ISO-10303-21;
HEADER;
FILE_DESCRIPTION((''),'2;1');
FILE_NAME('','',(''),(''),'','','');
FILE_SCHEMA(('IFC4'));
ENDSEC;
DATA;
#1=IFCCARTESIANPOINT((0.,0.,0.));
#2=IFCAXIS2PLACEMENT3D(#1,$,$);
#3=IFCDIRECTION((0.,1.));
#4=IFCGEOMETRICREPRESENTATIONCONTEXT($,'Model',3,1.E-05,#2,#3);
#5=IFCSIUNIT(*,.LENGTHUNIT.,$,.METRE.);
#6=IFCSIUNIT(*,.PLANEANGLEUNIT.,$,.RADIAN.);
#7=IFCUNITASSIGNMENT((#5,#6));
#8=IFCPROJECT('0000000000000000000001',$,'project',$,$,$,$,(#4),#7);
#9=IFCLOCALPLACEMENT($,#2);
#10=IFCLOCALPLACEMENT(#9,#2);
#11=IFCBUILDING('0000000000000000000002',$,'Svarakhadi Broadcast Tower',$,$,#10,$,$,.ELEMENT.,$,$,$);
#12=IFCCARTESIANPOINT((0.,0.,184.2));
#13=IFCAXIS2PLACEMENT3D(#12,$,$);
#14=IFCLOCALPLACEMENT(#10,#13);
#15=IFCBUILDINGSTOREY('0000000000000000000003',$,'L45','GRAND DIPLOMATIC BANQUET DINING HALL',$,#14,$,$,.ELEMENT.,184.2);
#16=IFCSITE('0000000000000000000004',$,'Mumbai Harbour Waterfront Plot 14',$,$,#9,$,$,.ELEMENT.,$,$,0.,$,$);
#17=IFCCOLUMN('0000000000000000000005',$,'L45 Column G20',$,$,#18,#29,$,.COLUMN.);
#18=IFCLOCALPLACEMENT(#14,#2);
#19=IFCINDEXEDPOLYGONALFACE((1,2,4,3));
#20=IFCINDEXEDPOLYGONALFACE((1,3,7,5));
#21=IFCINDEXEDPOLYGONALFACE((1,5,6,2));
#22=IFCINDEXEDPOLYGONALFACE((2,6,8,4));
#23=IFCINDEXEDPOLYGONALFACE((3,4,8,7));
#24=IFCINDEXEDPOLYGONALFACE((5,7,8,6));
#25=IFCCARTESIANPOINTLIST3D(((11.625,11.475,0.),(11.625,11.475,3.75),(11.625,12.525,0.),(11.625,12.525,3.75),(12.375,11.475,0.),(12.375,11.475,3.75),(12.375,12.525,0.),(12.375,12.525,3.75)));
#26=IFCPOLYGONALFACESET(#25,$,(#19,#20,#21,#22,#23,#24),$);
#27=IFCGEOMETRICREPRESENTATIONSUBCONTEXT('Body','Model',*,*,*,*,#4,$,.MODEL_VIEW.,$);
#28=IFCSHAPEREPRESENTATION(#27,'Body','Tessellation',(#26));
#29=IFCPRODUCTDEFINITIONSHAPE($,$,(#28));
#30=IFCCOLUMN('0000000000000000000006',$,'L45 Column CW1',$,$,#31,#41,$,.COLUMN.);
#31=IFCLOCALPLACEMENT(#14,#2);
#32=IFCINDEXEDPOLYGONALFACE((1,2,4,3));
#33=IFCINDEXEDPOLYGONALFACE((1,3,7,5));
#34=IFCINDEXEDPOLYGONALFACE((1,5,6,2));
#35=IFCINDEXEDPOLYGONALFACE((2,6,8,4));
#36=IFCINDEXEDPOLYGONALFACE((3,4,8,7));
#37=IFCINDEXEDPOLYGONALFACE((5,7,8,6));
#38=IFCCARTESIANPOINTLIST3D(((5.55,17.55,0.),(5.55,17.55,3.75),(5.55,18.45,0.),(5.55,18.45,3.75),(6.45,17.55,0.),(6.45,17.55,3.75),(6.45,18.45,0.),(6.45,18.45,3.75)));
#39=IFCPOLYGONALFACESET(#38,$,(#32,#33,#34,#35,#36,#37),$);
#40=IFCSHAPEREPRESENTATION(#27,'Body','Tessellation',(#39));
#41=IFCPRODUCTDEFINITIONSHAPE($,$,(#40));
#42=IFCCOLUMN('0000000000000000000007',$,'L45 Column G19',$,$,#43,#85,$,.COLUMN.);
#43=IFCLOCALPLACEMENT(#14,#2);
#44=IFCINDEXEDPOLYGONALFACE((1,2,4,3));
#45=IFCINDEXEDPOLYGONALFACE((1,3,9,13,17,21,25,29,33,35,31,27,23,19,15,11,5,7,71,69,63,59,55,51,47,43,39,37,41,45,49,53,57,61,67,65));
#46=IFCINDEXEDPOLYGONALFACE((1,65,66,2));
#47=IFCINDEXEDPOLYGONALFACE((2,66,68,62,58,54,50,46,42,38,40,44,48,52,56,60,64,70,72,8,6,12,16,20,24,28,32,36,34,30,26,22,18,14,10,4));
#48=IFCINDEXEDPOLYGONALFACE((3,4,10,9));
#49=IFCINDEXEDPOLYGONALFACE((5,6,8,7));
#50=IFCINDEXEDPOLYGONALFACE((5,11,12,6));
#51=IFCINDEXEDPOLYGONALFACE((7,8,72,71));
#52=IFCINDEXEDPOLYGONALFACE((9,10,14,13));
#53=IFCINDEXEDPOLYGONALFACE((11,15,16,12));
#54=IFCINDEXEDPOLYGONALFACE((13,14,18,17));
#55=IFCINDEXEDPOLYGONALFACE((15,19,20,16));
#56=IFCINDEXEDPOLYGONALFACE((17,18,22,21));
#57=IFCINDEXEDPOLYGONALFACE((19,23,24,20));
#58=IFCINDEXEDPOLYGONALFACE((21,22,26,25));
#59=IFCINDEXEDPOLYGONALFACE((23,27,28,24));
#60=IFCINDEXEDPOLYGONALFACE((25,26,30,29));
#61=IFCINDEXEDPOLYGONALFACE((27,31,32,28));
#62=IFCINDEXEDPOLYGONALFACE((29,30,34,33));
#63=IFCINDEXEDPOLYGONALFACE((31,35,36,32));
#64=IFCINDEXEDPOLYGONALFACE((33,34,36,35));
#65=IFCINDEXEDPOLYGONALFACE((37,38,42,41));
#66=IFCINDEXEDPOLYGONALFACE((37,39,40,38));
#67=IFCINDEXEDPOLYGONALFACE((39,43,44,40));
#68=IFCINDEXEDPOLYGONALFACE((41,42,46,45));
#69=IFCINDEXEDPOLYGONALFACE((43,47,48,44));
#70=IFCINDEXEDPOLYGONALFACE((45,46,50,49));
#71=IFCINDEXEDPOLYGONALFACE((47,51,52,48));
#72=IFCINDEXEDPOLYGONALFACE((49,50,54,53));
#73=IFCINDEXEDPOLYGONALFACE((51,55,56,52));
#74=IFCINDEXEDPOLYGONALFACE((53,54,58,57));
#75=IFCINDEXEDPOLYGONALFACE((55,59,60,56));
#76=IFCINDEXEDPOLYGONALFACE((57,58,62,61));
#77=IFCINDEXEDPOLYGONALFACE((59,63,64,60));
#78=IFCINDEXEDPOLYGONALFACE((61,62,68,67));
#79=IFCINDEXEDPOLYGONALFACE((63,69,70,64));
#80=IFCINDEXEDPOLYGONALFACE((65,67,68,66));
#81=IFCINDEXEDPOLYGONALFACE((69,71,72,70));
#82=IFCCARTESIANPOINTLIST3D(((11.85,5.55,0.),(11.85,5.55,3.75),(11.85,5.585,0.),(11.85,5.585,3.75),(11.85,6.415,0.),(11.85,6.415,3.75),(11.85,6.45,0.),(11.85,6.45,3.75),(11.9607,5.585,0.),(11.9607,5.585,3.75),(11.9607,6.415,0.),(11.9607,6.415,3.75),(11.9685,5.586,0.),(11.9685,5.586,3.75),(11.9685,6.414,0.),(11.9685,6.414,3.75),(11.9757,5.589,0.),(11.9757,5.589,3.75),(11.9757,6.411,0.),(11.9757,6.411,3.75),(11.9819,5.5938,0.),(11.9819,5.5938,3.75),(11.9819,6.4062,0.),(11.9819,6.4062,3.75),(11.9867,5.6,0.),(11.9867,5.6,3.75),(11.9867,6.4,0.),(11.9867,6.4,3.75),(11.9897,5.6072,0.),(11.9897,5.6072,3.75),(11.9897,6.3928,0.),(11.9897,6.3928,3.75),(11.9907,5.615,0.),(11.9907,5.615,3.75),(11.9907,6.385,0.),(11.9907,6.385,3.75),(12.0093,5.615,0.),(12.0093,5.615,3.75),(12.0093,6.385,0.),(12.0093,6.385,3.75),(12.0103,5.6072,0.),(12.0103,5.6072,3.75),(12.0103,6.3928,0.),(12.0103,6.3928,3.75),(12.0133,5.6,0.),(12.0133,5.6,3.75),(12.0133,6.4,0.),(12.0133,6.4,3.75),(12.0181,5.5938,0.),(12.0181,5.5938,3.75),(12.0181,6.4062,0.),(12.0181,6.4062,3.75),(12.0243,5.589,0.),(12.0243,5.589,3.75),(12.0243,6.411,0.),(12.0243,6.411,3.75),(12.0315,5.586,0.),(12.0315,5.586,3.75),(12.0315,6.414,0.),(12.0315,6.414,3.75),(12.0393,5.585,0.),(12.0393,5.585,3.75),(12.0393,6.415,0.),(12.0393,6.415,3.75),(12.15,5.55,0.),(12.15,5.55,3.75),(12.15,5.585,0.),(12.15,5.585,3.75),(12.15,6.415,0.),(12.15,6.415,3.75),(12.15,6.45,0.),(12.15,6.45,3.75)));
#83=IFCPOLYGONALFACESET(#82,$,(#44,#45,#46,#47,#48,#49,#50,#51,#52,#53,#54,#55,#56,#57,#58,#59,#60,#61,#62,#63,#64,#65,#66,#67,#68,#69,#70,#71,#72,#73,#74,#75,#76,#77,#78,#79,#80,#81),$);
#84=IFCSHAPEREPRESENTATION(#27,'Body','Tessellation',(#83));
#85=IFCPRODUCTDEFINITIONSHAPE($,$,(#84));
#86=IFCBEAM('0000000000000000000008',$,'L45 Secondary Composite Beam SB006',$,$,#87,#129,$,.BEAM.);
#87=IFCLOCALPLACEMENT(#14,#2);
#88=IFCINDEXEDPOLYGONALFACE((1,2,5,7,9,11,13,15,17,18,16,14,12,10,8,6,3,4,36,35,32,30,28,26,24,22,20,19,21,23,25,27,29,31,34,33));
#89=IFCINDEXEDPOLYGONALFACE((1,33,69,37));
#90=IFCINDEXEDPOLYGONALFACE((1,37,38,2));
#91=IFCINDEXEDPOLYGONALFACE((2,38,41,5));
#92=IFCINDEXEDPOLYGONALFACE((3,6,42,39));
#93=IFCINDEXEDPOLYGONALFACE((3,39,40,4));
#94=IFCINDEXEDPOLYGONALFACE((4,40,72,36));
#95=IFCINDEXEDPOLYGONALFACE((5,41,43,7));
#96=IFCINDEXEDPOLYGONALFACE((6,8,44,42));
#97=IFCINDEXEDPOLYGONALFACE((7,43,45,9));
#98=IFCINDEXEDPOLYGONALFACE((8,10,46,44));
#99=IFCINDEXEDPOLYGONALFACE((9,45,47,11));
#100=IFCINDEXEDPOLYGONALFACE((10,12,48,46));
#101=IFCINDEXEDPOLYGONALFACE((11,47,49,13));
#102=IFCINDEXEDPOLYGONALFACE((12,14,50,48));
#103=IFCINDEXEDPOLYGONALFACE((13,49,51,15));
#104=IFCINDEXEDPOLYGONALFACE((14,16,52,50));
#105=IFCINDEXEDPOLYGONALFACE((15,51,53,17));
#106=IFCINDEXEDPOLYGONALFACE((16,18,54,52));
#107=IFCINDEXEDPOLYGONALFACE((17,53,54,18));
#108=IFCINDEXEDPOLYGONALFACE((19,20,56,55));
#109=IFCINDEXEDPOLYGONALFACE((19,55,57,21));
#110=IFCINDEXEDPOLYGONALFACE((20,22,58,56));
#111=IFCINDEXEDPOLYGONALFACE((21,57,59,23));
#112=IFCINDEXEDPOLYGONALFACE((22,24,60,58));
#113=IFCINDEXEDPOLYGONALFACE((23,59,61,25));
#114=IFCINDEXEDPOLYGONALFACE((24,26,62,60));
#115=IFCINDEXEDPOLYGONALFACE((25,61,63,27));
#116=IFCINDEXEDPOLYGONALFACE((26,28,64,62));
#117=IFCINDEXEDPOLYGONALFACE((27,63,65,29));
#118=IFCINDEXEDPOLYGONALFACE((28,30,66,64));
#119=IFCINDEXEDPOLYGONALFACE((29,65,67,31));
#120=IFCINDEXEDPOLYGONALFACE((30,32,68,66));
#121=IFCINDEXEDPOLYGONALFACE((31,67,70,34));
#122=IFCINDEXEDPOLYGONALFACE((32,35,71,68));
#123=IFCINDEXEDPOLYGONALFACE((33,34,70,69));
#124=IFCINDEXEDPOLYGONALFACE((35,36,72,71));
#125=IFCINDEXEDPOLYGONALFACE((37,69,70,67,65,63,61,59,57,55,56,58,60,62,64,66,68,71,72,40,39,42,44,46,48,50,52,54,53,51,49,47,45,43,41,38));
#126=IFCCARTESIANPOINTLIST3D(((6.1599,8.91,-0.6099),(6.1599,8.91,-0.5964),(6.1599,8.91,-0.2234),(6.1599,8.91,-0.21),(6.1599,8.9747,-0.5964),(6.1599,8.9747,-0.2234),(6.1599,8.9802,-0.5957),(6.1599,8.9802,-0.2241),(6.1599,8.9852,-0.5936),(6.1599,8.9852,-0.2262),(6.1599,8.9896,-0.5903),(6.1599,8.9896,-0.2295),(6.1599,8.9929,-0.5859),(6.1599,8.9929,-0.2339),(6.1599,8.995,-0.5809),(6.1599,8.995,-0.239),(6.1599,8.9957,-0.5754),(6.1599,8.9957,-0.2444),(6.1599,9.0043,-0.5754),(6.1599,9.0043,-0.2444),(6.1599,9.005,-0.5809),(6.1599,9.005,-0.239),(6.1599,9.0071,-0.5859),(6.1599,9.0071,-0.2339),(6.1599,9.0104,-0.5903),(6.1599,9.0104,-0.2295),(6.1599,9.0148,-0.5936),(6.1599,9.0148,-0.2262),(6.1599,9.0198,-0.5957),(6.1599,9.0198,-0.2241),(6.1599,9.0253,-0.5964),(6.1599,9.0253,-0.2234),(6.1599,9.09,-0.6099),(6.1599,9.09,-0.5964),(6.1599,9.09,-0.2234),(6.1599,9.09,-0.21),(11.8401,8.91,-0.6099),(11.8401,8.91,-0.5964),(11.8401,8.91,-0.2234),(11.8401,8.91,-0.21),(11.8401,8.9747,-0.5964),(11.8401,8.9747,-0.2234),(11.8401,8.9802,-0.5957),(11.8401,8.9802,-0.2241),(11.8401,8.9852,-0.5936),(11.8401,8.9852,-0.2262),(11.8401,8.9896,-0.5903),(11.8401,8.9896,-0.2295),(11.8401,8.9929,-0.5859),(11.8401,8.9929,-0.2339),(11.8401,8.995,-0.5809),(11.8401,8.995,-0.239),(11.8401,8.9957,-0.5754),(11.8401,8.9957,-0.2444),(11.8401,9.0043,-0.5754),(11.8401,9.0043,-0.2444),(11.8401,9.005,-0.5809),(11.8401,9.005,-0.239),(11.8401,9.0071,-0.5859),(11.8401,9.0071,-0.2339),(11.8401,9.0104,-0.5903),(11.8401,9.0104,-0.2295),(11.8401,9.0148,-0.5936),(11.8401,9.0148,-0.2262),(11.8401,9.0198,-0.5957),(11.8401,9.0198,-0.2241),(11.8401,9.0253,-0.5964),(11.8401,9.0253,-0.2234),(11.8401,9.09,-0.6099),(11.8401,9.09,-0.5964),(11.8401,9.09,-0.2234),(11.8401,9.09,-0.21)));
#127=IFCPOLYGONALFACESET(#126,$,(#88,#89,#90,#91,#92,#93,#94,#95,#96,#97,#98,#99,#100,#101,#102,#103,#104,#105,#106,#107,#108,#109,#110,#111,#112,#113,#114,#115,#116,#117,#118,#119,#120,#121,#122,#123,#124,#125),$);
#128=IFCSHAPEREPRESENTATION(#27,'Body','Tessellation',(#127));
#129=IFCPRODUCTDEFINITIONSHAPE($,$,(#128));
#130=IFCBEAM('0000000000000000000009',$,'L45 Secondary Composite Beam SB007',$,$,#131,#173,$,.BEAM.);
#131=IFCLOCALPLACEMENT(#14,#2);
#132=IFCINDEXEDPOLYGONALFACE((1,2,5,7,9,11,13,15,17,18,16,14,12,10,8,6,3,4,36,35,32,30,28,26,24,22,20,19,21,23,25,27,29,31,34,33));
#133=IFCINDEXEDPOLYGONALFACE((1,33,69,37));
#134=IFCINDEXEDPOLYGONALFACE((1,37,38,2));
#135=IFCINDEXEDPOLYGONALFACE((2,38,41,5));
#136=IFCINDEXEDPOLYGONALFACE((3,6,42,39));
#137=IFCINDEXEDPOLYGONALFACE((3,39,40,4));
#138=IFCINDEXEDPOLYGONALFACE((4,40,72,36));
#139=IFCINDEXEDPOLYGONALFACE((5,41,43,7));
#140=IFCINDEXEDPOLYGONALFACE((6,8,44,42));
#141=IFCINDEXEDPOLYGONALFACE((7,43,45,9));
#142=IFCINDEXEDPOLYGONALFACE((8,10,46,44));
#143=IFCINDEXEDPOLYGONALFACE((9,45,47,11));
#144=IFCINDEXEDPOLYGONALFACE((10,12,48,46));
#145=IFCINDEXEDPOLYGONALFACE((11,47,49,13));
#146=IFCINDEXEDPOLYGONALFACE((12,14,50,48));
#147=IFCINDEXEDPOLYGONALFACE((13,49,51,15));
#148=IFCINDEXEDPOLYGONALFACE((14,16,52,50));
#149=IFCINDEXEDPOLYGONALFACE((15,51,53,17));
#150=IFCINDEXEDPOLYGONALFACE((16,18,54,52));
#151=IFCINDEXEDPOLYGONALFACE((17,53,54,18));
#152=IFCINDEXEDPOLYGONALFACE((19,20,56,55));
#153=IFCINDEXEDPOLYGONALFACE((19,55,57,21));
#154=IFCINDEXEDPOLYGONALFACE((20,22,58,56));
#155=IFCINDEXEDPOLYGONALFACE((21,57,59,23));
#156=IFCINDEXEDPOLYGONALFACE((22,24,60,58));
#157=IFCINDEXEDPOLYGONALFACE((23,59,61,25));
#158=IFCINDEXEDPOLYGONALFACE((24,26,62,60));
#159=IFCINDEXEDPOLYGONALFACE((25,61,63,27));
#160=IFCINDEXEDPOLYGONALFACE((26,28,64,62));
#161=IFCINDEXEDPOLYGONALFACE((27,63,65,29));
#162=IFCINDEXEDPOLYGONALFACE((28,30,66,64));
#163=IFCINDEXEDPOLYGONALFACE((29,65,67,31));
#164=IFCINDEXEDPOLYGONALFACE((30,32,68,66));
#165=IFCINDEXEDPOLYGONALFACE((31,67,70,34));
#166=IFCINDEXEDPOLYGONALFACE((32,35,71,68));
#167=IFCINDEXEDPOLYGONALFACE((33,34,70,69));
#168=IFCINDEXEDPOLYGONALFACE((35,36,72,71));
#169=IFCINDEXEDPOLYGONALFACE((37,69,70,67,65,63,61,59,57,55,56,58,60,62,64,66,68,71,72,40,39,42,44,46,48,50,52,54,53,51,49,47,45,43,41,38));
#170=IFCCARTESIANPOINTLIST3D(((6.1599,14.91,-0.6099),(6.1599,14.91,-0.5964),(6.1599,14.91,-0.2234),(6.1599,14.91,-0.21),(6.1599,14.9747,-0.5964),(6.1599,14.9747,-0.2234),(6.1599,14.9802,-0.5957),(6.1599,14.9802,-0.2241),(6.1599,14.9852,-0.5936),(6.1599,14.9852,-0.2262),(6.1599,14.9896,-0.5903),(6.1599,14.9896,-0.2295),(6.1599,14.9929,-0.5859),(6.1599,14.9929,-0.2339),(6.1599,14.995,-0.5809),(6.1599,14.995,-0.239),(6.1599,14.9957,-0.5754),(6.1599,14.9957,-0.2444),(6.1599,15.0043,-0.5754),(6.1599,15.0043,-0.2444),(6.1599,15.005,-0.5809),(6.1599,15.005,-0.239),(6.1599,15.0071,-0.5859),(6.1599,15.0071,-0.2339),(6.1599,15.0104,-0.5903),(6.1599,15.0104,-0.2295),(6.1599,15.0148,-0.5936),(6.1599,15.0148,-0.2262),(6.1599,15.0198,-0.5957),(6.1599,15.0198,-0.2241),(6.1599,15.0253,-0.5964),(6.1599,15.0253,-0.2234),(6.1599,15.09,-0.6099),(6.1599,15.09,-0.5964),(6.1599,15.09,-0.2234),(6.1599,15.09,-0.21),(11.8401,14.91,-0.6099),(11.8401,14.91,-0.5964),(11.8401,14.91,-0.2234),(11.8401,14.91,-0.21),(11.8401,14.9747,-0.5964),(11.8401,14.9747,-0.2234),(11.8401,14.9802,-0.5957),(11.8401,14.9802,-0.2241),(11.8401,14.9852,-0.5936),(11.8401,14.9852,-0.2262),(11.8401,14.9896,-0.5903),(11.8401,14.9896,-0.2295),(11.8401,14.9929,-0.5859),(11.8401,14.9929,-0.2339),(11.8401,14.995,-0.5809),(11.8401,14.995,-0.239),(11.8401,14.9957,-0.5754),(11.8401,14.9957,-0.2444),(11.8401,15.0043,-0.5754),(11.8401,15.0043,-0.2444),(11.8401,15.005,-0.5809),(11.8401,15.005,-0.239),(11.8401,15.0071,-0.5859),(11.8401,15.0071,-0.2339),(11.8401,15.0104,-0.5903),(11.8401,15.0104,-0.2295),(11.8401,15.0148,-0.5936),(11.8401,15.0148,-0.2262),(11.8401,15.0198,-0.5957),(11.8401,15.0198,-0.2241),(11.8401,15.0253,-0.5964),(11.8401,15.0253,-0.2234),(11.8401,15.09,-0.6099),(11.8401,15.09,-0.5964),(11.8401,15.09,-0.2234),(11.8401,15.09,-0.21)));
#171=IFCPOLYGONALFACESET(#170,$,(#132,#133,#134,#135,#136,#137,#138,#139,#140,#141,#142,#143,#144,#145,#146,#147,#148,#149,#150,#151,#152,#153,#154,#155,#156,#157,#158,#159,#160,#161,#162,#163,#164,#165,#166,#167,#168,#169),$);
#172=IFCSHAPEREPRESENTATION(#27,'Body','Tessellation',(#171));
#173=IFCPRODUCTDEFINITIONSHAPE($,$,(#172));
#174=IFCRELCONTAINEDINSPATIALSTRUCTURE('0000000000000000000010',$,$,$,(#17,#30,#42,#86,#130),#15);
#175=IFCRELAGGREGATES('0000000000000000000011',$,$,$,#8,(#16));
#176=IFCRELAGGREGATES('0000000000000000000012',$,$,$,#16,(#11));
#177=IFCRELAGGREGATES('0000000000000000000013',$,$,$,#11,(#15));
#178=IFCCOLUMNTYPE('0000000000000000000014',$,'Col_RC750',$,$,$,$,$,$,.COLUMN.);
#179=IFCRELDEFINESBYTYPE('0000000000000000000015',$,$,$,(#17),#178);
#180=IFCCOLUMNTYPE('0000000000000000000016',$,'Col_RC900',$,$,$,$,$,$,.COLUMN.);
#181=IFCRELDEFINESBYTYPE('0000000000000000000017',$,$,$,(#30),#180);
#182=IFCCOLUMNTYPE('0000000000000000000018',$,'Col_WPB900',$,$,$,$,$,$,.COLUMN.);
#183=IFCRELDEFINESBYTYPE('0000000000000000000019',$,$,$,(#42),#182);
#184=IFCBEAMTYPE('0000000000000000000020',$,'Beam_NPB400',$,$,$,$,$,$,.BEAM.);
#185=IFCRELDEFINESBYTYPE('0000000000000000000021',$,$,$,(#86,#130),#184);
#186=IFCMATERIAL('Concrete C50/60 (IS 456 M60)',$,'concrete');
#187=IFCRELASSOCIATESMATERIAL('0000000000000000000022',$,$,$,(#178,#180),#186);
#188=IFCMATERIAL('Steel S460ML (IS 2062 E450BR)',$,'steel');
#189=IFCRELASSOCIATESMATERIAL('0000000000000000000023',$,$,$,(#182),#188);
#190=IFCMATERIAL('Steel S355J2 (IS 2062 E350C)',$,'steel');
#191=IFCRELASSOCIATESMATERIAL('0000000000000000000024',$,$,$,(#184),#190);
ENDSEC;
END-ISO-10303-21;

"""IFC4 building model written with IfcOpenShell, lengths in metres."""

from ifc_helpers import new_model, si_unit, direction, frame, origin, origin_2d, place, context, subcontext, project, spatial, rectangle, i_section, extrude, material, material_profile, profile_set, type_object, element, save


model = new_model("IFC4")

# Units and contexts
model_context = context("Model", 3, precision=1e-05, world=origin(), true_north=direction((0.0, 1.0)))
body_context = subcontext(model_context, "Body", "Model", "MODEL_VIEW")
ifc_project = project(units=[si_unit("LENGTHUNIT", "METRE"), si_unit("PLANEANGLEUNIT", "RADIAN")], contexts=[model_context])

# Site, building, storey
site_placement = place(None, origin())
site = spatial("IfcSite", under=ifc_project, at=site_placement, Name="Mumbai Harbour Waterfront Plot 14", CompositionType="ELEMENT", RefElevation=0.0)
building_placement = place(site_placement, origin())
building = spatial("IfcBuilding", under=site, at=building_placement, Name="Svarakhadi Broadcast Tower", CompositionType="ELEMENT")
storey_placement = place(building_placement, frame((0.0, 0.0, 184.2)))
storey = spatial("IfcBuildingStorey", under=building, at=storey_placement, Name="L45", Description="GRAND DIPLOMATIC BANQUET DINING HALL", CompositionType="ELEMENT", Elevation=184.2)

# Columns
ifc_material_1 = material(Name="Concrete C50/60 (IS 456 M60)", Category="concrete")
ifc_material_profile_1 = material_profile(ifc_material_1, rectangle(XDim=0.75, YDim=1.05, at=origin_2d()), Name="RC 750x1050")
ifc_profile_set_1 = profile_set([ifc_material_profile_1], Name="Concrete C50/60 (IS 456 M60)")
column_type_1 = type_object("IfcColumnType", Name="Col_RC750", PredefinedType="COLUMN", material=ifc_profile_set_1)
column_1_placement = place(storey_placement, frame((12.0, 12.0, 0.0), z_axis=(0.0, 0.0, 1.0), x_axis=(1.0, 0.0, 0.0)))
element("IfcColumn", 1, at=column_1_placement, inside=storey, type_object=column_type_1, Name="L45 Column G20", PredefinedType="COLUMN", context=body_context, shape_type="SweptSolid", body=[
    extrude(rectangle(XDim=0.75, YDim=1.05, at=origin_2d()), origin(), (0.0, 0.0, 1.0), 3.75),
])
ifc_material_profile_2 = material_profile(ifc_material_1, rectangle(XDim=0.8999, YDim=0.8999, at=origin_2d()), Name="RC 900x900")
ifc_profile_set_2 = profile_set([ifc_material_profile_2], Name="Concrete C50/60 (IS 456 M60)")
column_type_2 = type_object("IfcColumnType", Name="Col_RC900", PredefinedType="COLUMN", material=ifc_profile_set_2)
column_2_placement = place(storey_placement, frame((6.0, 18.0, 0.0), z_axis=(0.0, 0.0, 1.0), x_axis=(1.0, 0.0, 0.0)))
element("IfcColumn", 2, at=column_2_placement, inside=storey, type_object=column_type_2, Name="L45 Column CW1", PredefinedType="COLUMN", context=body_context, shape_type="SweptSolid", body=[
    extrude(rectangle(XDim=0.8999, YDim=0.8999, at=origin_2d()), origin(), (0.0, 0.0, 1.0), 3.75),
])
ifc_material_2 = material(Name="Steel S460ML (IS 2062 E450BR)", Category="steel")
ifc_material_profile_3 = material_profile(ifc_material_2, i_section(OverallWidth=0.3, OverallDepth=0.8999, WebThickness=0.0186, FlangeThickness=0.0349, FilletRadius=0.03, at=origin_2d()), Name="WPB 900x300x291")
ifc_profile_set_3 = profile_set([ifc_material_profile_3], Name="Steel S460ML (IS 2062 E450BR)")
column_type_3 = type_object("IfcColumnType", Name="Col_WPB900", PredefinedType="COLUMN", material=ifc_profile_set_3)
column_3_placement = place(storey_placement, frame((12.0, 6.0, 0.0), z_axis=(0.0, 0.0, 1.0), x_axis=(1.0, 0.0, 0.0)))
element("IfcColumn", 3, at=column_3_placement, inside=storey, type_object=column_type_3, Name="L45 Column G19", PredefinedType="COLUMN", context=body_context, shape_type="SweptSolid", body=[
    extrude(i_section(OverallWidth=0.3, OverallDepth=0.8999, WebThickness=0.0186, FlangeThickness=0.0349, FilletRadius=0.03, at=origin_2d()), origin(), (0.0, 0.0, 1.0), 3.75),
])

# Beams
ifc_material_3 = material(Name="Steel S355J2 (IS 2062 E350C)", Category="steel")
ifc_material_profile_4 = material_profile(ifc_material_3, i_section(OverallWidth=0.1799, OverallDepth=0.3999, WebThickness=0.0085, FlangeThickness=0.0134, FilletRadius=0.021, at=origin_2d()), Name="NPB 400x180x66")
ifc_profile_set_4 = profile_set([ifc_material_profile_4], Name="Steel S355J2 (IS 2062 E350C)")
beam_type_1 = type_object("IfcBeamType", Name="Beam_NPB400", PredefinedType="BEAM", material=ifc_profile_set_4)
for number, where, z_axis, x_axis, name in (
    (4, (6.1599, 9.0, -0.4099), (1.0, 0.0, 0.0), (0.0, 1.0, 0.0), "L45 Secondary Composite Beam SB006"),
    (5, (6.1599, 15.0, -0.4099), (1.0, 0.0, 0.0), (0.0, 1.0, 0.0), "L45 Secondary Composite Beam SB007"),
):
    element("IfcBeam", number, at=place(storey_placement, frame(where, z_axis=z_axis, x_axis=x_axis)), inside=storey, type_object=beam_type_1, Name=name, PredefinedType="BEAM", context=body_context, shape_type="SweptSolid", body=[
        extrude(i_section(OverallWidth=0.1799, OverallDepth=0.3999, WebThickness=0.0085, FlangeThickness=0.0134, FilletRadius=0.021, at=origin_2d()), origin(), (0.0, 0.0, 1.0), 5.6802),
    ])

save(model, "model.ifc")
